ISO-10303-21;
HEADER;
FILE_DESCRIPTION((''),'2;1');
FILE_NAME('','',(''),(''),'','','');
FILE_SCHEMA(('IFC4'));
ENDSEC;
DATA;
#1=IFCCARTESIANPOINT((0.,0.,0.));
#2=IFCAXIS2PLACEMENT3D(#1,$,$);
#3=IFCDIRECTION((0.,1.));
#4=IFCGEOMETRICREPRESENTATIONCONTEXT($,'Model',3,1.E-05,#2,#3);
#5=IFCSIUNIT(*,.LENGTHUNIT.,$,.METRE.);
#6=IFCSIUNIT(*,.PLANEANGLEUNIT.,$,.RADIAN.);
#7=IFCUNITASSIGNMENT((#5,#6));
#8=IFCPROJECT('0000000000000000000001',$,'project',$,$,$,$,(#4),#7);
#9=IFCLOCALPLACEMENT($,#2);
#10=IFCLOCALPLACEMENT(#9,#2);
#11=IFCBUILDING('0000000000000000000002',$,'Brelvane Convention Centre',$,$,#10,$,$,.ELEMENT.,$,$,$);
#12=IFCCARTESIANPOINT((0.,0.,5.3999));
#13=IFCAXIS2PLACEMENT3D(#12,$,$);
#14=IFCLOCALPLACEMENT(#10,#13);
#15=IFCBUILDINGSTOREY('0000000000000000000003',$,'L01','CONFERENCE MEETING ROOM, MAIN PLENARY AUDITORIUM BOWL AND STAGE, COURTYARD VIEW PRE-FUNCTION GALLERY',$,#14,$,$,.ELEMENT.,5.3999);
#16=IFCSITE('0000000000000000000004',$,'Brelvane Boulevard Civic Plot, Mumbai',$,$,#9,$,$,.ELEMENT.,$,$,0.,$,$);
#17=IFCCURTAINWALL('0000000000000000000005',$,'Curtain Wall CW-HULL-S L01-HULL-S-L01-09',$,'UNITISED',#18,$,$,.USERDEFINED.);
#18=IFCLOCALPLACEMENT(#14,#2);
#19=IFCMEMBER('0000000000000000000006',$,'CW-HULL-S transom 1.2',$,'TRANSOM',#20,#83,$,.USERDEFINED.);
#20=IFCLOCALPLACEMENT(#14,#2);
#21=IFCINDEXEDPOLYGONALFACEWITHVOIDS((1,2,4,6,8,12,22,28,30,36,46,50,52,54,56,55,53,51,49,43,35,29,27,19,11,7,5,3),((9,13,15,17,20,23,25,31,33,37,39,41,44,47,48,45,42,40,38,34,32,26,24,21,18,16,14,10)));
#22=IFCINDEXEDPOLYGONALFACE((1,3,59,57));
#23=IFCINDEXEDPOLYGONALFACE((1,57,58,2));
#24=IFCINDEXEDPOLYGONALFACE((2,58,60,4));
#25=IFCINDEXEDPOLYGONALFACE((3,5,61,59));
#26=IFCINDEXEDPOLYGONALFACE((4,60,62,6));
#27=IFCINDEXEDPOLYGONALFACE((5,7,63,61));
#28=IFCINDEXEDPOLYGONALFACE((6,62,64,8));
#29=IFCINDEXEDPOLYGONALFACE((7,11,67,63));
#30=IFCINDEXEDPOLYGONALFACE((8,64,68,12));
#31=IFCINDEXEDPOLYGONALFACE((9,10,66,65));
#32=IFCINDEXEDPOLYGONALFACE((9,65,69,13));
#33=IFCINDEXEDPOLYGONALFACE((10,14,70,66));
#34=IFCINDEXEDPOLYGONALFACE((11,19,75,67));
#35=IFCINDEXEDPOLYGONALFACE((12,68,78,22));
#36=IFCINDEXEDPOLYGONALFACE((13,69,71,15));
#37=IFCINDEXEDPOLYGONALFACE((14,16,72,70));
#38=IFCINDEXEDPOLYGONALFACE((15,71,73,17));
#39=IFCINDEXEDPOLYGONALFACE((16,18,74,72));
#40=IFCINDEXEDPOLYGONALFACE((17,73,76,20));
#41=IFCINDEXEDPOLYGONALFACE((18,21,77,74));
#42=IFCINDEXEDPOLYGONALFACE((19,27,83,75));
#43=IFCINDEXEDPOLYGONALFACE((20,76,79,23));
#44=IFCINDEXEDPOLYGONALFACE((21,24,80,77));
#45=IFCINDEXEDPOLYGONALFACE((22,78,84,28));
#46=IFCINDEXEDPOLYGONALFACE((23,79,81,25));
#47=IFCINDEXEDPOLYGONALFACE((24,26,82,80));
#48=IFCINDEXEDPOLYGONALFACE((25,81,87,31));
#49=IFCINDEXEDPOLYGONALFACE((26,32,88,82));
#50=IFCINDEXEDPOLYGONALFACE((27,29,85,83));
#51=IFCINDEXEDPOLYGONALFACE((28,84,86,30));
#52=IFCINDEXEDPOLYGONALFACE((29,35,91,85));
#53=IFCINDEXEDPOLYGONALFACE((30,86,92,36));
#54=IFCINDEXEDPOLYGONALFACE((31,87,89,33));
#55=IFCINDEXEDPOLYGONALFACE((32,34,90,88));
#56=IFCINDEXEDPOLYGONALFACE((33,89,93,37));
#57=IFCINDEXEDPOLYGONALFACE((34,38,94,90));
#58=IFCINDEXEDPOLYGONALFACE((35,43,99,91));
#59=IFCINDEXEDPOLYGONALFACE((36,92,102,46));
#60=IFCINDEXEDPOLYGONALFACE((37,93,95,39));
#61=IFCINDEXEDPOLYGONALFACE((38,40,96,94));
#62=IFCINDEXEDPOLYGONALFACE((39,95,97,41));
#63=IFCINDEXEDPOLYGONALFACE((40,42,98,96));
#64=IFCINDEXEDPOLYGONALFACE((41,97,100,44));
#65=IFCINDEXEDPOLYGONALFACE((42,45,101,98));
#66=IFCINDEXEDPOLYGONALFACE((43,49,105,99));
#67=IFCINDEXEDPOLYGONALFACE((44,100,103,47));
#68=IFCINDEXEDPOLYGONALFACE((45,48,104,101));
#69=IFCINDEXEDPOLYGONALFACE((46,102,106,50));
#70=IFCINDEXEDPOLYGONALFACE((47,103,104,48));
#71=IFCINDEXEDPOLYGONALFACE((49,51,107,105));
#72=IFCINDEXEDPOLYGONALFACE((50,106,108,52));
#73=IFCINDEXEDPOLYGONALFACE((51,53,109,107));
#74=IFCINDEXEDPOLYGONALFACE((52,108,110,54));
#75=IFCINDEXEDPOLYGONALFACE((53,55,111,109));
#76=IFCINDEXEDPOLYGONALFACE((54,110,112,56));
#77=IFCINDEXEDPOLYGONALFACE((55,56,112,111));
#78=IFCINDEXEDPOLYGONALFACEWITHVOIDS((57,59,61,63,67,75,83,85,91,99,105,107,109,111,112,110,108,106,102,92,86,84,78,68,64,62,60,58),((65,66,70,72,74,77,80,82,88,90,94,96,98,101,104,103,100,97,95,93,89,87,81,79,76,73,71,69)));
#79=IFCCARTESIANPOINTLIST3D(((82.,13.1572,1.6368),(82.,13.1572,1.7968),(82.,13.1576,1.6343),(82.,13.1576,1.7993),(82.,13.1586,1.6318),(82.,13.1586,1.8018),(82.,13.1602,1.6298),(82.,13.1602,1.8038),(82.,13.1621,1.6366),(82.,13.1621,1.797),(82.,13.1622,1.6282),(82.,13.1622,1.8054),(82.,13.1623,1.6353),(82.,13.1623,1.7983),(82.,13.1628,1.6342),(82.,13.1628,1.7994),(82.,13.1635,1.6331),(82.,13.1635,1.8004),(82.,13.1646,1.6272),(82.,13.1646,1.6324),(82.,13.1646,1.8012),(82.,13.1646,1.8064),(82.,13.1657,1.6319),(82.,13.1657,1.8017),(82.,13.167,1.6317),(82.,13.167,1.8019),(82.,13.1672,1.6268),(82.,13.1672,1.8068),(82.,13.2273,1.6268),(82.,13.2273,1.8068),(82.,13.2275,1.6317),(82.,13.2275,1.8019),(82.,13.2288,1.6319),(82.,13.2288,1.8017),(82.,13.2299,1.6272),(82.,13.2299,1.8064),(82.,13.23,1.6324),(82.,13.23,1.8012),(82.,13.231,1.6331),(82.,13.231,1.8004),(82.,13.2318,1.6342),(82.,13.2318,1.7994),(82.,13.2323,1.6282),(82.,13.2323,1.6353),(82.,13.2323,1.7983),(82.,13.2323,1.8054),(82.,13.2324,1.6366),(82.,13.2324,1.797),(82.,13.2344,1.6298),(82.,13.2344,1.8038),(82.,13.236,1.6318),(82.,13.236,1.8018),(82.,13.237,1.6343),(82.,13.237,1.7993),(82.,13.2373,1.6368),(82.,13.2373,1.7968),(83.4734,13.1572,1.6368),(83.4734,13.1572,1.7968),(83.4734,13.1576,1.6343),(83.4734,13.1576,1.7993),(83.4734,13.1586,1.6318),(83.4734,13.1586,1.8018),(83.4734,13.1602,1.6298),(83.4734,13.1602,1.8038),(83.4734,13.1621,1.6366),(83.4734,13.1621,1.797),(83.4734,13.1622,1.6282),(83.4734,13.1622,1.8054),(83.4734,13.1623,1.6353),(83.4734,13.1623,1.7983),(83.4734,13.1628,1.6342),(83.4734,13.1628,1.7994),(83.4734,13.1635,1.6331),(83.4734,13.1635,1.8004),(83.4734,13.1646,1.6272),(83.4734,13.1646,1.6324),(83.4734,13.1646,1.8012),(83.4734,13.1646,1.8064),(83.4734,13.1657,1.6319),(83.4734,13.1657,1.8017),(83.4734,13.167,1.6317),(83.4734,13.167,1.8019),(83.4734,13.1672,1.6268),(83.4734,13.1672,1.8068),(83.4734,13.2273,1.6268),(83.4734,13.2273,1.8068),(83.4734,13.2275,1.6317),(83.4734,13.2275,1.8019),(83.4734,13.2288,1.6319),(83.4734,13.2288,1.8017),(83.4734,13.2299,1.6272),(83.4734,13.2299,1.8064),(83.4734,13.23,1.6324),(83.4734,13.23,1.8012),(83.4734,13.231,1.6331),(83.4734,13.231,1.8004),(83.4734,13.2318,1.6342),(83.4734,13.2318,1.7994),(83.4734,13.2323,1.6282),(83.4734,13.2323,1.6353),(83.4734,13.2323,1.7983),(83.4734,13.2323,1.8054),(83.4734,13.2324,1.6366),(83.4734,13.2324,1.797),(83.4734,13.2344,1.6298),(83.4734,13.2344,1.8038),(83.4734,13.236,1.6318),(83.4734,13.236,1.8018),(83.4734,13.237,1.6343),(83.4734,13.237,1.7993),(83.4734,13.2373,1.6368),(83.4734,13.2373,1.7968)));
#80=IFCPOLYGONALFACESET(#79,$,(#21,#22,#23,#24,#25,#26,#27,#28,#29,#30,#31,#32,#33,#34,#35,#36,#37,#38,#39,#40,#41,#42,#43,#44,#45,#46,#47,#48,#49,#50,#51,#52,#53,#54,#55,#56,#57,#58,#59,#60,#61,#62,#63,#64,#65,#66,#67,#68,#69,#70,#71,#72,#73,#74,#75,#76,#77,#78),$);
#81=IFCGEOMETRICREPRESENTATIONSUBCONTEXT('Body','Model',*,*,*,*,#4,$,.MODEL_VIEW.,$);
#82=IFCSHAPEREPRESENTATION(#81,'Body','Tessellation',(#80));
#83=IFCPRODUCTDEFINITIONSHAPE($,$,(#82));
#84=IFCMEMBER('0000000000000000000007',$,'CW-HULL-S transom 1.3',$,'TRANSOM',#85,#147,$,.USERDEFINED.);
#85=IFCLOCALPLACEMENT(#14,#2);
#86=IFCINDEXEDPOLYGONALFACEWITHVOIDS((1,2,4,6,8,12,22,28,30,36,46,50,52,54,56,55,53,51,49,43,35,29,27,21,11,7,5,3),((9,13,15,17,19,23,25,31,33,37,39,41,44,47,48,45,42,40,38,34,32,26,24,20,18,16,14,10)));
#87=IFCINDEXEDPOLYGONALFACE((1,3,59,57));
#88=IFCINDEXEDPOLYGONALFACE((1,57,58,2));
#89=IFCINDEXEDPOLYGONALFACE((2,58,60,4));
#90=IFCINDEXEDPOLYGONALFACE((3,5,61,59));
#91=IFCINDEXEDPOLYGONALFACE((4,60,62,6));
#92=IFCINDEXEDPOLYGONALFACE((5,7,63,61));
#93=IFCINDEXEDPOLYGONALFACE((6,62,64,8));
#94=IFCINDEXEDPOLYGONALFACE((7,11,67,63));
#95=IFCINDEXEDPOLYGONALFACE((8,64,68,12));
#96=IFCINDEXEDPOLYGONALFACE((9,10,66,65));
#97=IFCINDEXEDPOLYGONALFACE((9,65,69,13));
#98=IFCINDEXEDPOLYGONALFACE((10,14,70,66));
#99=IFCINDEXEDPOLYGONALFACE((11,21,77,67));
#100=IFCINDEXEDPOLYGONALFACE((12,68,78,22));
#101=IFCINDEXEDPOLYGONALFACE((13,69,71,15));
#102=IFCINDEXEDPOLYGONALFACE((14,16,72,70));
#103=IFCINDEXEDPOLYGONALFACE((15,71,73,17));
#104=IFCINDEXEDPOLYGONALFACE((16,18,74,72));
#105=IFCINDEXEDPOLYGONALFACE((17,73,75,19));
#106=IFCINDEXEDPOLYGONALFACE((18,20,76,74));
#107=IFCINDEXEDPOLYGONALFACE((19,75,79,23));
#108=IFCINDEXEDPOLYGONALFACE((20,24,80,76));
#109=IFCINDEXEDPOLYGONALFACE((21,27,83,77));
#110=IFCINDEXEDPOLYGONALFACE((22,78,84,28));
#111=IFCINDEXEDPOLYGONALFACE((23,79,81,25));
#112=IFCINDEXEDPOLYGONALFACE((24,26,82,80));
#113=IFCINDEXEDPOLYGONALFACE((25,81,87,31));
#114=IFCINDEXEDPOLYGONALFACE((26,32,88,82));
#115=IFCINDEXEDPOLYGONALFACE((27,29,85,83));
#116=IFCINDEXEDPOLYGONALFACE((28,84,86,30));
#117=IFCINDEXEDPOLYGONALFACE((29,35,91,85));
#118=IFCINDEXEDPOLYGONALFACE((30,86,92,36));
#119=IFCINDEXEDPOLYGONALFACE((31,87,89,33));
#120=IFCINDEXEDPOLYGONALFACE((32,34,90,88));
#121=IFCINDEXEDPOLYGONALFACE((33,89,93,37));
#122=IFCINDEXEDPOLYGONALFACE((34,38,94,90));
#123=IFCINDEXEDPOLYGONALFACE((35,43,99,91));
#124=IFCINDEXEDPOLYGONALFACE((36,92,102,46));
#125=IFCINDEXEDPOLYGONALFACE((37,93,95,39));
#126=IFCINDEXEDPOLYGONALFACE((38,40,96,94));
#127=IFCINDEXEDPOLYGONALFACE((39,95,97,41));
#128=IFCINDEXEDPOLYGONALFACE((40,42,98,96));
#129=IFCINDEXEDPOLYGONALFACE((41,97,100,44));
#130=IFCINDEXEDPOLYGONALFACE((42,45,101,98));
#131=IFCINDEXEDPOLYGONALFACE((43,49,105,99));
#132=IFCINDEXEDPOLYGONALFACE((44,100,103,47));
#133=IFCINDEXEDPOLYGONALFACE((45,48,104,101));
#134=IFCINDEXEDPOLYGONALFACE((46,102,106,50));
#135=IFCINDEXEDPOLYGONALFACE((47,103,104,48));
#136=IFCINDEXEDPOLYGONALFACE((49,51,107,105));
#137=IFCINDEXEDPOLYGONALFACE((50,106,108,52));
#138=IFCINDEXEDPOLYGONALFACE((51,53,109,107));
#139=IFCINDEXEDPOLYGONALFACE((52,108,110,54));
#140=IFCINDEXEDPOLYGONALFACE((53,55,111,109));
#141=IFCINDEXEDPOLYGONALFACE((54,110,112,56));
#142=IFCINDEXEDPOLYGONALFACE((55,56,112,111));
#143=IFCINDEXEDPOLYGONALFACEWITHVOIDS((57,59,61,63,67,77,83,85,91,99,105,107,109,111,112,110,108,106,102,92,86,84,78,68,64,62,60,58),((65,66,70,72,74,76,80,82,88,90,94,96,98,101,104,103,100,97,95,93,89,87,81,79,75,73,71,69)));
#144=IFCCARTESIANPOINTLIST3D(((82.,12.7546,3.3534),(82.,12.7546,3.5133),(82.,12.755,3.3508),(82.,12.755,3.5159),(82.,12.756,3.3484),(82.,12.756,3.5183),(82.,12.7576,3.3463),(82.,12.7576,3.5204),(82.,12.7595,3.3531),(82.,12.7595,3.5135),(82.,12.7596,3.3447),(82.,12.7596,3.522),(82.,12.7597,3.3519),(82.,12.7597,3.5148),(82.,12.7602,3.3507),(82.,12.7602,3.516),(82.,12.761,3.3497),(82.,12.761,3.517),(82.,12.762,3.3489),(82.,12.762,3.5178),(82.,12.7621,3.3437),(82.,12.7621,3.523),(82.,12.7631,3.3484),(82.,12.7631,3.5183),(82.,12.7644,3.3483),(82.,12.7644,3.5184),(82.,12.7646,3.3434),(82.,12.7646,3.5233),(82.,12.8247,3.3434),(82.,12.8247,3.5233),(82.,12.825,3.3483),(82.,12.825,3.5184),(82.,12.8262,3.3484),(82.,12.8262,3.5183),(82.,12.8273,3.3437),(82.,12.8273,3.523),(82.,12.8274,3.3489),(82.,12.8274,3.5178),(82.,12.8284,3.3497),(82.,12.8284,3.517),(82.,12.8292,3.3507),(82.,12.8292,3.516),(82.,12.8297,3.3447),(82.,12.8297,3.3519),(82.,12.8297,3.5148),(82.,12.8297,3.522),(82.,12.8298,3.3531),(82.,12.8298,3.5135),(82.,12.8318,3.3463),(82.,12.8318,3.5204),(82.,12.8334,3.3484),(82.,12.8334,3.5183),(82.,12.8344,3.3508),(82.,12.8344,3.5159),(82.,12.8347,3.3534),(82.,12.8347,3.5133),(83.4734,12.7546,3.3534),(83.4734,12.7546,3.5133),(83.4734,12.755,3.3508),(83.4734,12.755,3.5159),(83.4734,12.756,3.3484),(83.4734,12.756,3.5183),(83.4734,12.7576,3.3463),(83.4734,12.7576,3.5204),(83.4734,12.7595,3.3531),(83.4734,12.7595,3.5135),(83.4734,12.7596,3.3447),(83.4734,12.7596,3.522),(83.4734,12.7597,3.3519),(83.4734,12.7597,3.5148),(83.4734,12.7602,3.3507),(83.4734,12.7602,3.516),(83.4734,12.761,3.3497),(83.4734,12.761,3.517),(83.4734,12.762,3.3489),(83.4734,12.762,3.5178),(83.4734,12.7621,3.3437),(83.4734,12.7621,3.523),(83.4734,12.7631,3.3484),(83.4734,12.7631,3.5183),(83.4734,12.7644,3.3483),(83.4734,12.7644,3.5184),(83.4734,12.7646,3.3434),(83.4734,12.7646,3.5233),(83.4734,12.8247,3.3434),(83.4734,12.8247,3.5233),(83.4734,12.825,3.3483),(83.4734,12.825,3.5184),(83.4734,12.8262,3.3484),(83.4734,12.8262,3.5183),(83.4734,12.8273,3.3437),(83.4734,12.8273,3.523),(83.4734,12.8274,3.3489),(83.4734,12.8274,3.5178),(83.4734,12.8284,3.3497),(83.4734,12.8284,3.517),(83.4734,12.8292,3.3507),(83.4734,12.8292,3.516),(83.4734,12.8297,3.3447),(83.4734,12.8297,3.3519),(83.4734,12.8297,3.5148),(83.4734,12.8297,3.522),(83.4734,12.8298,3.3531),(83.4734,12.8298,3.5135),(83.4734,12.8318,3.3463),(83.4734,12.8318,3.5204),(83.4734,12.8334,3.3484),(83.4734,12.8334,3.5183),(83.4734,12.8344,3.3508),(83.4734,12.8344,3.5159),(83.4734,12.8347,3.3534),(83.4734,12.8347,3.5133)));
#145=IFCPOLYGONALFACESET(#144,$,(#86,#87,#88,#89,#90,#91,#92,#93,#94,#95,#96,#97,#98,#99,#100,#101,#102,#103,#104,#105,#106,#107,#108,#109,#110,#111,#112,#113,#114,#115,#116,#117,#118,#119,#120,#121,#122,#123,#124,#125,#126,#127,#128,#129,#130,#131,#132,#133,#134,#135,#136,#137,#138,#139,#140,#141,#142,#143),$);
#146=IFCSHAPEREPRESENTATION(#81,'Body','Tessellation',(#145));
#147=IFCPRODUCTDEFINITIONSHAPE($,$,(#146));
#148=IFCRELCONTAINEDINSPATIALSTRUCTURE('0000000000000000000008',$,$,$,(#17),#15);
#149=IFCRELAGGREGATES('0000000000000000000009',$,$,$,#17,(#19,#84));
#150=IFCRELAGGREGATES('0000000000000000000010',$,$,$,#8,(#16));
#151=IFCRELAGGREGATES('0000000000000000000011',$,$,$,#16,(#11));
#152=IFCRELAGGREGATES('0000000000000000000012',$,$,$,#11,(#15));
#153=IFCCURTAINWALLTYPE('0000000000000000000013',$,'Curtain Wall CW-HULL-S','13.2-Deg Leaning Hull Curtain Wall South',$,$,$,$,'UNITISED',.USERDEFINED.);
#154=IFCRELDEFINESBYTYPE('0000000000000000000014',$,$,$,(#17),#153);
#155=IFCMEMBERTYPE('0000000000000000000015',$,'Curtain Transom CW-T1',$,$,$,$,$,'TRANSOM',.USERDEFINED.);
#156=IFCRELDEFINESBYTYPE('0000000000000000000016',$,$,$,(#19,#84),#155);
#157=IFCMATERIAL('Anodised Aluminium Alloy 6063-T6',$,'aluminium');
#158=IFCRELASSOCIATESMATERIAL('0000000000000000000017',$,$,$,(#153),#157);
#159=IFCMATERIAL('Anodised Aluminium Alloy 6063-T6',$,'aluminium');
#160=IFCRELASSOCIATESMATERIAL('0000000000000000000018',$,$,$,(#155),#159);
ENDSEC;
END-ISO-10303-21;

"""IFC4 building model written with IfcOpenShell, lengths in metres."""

from ifc_helpers import new_model, si_unit, direction, frame, origin, origin_2d, place, context, subcontext, project, spatial, hollow_rectangle, extrude, material, material_profile, profile_set, type_object, element, aggregate, save


model = new_model("IFC4")

# Units and contexts
model_context = context("Model", 3, precision=1e-05, world=origin(), true_north=direction((0.0, 1.0)))
body_context = subcontext(model_context, "Body", "Model", "MODEL_VIEW")
ifc_project = project(units=[si_unit("LENGTHUNIT", "METRE"), si_unit("PLANEANGLEUNIT", "RADIAN")], contexts=[model_context])

# Site, building, storey
site_placement = place(None, origin())
site = spatial("IfcSite", under=ifc_project, at=site_placement, Name="Brelvane Boulevard Civic Plot, Mumbai", CompositionType="ELEMENT", RefElevation=0.0)
building_placement = place(site_placement, origin())
building = spatial("IfcBuilding", under=site, at=building_placement, Name="Brelvane Convention Centre", CompositionType="ELEMENT")
storey_placement = place(building_placement, frame((0.0, 0.0, 5.3999)))
storey = spatial("IfcBuildingStorey", under=building, at=storey_placement, Name="L01", Description="CONFERENCE MEETING ROOM, MAIN PLENARY AUDITORIUM BOWL AND STAGE, COURTYARD VIEW PRE-FUNCTION GALLERY", CompositionType="ELEMENT", Elevation=5.3999)

# Curtain wall, members
ifc_material_1 = material(Name="Anodised Aluminium Alloy 6063-T6", Category="aluminium")
curtain_wall_type = type_object("IfcCurtainWallType", Name="Curtain Wall CW-HULL-S", Description="13.2-Deg Leaning Hull Curtain Wall South", ElementType="UNITISED", PredefinedType="USERDEFINED", material=ifc_material_1)
ifc_material_2 = material(Name="Anodised Aluminium Alloy 6063-T6", Category="aluminium")
ifc_material_profile = material_profile(ifc_material_2, hollow_rectangle(XDim=0.0801, YDim=0.1799, WallThickness=0.0049, InnerFilletRadius=0.0049, OuterFilletRadius=0.01, at=origin_2d()), Name="ALU-T 180x80x5.0")
ifc_profile_set = profile_set([ifc_material_profile], Name="Anodised Aluminium Alloy 6063-T6")
member_type = type_object("IfcMemberType", Name="Curtain Transom CW-T1", ElementType="TRANSOM", PredefinedType="USERDEFINED", material=ifc_profile_set)
curtain_wall_1_placement = place(storey_placement, origin())
curtain_wall_1 = element("IfcCurtainWall", 1, at=curtain_wall_1_placement, inside=storey, type_object=curtain_wall_type, Name="Curtain Wall CW-HULL-S L01-HULL-S-L01-09", ObjectType="UNITISED", PredefinedType="USERDEFINED")
member_1_placement = place(storey_placement, frame((82.0, 13.1973, 1.7168), z_axis=(1.0, 0.0, 0.0), x_axis=(0.0, 1.0, 0.0)))
member_1 = element("IfcMember", 2, at=member_1_placement, type_object=member_type, Name="CW-HULL-S transom 1.2", ObjectType="TRANSOM", PredefinedType="USERDEFINED", context=body_context, shape_type="SweptSolid", body=[
    extrude(hollow_rectangle(XDim=0.0801, YDim=0.1799, WallThickness=0.0049, InnerFilletRadius=0.0049, OuterFilletRadius=0.01, at=origin_2d()), origin(), (0.0, 0.0, 1.0), 1.4734),
])
member_2_placement = place(storey_placement, frame((82.0, 12.7947, 3.4333), z_axis=(1.0, 0.0, 0.0), x_axis=(0.0, 1.0, 0.0)))
member_2 = element("IfcMember", 3, at=member_2_placement, type_object=member_type, Name="CW-HULL-S transom 1.3", ObjectType="TRANSOM", PredefinedType="USERDEFINED", context=body_context, shape_type="SweptSolid", body=[
    extrude(hollow_rectangle(XDim=0.0801, YDim=0.1799, WallThickness=0.0049, InnerFilletRadius=0.0049, OuterFilletRadius=0.01, at=origin_2d()), origin(), (0.0, 0.0, 1.0), 1.4734),
])

aggregate(curtain_wall_1, [member_1, member_2])

save(model, "model.ifc")
